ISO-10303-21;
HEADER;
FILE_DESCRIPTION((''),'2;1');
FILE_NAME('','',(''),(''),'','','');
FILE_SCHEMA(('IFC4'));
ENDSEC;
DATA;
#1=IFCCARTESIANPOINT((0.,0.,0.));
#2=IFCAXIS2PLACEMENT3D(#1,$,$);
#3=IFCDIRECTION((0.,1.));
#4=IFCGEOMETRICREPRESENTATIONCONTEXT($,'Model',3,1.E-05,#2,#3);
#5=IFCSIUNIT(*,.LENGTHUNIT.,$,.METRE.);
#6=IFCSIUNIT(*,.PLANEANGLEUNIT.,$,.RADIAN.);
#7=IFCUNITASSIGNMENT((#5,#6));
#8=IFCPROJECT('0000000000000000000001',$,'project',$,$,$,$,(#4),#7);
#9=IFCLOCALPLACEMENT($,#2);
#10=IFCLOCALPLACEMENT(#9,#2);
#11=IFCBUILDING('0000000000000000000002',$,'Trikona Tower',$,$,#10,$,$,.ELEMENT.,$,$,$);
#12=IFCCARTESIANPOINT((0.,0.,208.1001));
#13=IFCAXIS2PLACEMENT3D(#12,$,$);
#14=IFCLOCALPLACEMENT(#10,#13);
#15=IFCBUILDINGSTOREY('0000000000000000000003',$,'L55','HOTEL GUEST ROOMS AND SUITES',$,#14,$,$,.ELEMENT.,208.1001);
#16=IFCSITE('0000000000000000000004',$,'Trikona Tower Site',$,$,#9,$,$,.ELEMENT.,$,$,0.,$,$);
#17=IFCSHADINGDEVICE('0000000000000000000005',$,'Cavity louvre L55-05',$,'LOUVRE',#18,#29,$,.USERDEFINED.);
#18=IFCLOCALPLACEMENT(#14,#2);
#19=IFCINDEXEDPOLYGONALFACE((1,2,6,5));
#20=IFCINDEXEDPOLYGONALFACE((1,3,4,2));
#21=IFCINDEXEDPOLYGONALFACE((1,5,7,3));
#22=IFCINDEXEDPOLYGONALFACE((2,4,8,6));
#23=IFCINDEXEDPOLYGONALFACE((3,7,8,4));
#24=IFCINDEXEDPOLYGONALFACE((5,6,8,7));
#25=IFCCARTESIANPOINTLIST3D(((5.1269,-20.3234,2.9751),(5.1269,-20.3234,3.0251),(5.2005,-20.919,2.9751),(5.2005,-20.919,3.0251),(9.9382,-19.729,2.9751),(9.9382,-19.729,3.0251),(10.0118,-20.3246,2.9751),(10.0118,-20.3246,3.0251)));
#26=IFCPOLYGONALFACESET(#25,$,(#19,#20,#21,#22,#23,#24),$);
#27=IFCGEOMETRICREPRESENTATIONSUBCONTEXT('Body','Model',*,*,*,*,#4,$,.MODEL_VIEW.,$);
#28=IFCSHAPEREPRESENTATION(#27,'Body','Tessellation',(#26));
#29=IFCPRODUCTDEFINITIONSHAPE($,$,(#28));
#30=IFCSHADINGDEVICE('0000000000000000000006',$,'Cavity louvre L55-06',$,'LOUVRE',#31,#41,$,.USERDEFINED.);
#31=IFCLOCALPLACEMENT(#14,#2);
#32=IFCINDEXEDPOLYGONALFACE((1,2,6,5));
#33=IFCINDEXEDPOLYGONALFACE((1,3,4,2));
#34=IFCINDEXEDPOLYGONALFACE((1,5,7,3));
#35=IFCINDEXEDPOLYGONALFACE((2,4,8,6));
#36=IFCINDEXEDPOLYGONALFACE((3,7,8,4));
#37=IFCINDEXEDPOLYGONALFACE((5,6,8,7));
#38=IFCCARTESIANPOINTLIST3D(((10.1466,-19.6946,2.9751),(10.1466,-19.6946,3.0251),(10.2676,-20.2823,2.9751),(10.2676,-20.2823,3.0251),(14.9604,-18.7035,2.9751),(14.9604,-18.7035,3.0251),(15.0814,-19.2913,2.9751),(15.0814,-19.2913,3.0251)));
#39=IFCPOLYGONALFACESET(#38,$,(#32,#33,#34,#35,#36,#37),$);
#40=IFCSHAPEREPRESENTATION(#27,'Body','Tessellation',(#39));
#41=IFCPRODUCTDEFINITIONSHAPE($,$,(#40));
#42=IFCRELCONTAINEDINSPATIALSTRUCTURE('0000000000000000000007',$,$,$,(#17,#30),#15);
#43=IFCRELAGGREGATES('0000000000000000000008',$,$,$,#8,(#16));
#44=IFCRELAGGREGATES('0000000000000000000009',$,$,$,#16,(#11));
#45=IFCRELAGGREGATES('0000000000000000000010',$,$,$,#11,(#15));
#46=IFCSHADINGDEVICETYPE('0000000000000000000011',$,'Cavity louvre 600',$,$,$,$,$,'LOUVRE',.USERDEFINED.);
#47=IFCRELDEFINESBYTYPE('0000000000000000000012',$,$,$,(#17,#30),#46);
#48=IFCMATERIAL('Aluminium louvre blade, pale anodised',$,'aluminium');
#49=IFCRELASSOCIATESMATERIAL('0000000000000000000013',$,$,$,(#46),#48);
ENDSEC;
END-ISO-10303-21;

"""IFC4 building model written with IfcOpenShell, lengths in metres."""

from ifc_helpers import new_model, si_unit, direction, frame, origin, origin_2d, place, context, subcontext, project, spatial, rectangle, extrude, material, type_object, element, save


model = new_model("IFC4")

# Units and contexts
model_context = context("Model", 3, precision=1e-05, world=origin(), true_north=direction((0.0, 1.0)))
body_context = subcontext(model_context, "Body", "Model", "MODEL_VIEW")
ifc_project = project(units=[si_unit("LENGTHUNIT", "METRE"), si_unit("PLANEANGLEUNIT", "RADIAN")], contexts=[model_context])

# Site, building, storey
site_placement = place(None, origin())
site = spatial("IfcSite", under=ifc_project, at=site_placement, Name="Trikona Tower Site", CompositionType="ELEMENT", RefElevation=0.0)
building_placement = place(site_placement, origin())
building = spatial("IfcBuilding", under=site, at=building_placement, Name="Trikona Tower", CompositionType="ELEMENT")
storey_placement = place(building_placement, frame((0.0, 0.0, 208.1001)))
storey = spatial("IfcBuildingStorey", under=building, at=storey_placement, Name="L55", Description="HOTEL GUEST ROOMS AND SUITES", CompositionType="ELEMENT", Elevation=208.1001)

# Shading devices
ifc_material_1 = material(Name="Aluminium louvre blade, pale anodised", Category="aluminium")
shading_device_type = type_object("IfcShadingDeviceType", Name="Cavity louvre 600", ElementType="LOUVRE", PredefinedType="USERDEFINED", material=ifc_material_1)
shading_device_1_placement = place(storey_placement, frame((7.5693, -20.324, 2.9751), z_axis=(0.0, 0.0, 1.0), x_axis=(0.992455, 0.122607, 0.0)))
element("IfcShadingDevice", 1, at=shading_device_1_placement, inside=storey, type_object=shading_device_type, Name="Cavity louvre L55-05", ObjectType="LOUVRE", PredefinedType="USERDEFINED", context=body_context, shape_type="SweptSolid", body=[
    extrude(rectangle(XDim=4.8479, YDim=0.6001, at=origin_2d()), origin(), (0.0, 0.0, 1.0), 0.05),
])
shading_device_2_placement = place(storey_placement, frame((12.614, -19.4929, 2.9751), z_axis=(0.0, 0.0, 1.0), x_axis=(0.979458, 0.201651, 0.0)))
element("IfcShadingDevice", 2, at=shading_device_2_placement, inside=storey, type_object=shading_device_type, Name="Cavity louvre L55-06", ObjectType="LOUVRE", PredefinedType="USERDEFINED", context=body_context, shape_type="SweptSolid", body=[
    extrude(rectangle(XDim=4.9148, YDim=0.6001, at=origin_2d()), origin(), (0.0, 0.0, 1.0), 0.05),
])

save(model, "model.ifc")
